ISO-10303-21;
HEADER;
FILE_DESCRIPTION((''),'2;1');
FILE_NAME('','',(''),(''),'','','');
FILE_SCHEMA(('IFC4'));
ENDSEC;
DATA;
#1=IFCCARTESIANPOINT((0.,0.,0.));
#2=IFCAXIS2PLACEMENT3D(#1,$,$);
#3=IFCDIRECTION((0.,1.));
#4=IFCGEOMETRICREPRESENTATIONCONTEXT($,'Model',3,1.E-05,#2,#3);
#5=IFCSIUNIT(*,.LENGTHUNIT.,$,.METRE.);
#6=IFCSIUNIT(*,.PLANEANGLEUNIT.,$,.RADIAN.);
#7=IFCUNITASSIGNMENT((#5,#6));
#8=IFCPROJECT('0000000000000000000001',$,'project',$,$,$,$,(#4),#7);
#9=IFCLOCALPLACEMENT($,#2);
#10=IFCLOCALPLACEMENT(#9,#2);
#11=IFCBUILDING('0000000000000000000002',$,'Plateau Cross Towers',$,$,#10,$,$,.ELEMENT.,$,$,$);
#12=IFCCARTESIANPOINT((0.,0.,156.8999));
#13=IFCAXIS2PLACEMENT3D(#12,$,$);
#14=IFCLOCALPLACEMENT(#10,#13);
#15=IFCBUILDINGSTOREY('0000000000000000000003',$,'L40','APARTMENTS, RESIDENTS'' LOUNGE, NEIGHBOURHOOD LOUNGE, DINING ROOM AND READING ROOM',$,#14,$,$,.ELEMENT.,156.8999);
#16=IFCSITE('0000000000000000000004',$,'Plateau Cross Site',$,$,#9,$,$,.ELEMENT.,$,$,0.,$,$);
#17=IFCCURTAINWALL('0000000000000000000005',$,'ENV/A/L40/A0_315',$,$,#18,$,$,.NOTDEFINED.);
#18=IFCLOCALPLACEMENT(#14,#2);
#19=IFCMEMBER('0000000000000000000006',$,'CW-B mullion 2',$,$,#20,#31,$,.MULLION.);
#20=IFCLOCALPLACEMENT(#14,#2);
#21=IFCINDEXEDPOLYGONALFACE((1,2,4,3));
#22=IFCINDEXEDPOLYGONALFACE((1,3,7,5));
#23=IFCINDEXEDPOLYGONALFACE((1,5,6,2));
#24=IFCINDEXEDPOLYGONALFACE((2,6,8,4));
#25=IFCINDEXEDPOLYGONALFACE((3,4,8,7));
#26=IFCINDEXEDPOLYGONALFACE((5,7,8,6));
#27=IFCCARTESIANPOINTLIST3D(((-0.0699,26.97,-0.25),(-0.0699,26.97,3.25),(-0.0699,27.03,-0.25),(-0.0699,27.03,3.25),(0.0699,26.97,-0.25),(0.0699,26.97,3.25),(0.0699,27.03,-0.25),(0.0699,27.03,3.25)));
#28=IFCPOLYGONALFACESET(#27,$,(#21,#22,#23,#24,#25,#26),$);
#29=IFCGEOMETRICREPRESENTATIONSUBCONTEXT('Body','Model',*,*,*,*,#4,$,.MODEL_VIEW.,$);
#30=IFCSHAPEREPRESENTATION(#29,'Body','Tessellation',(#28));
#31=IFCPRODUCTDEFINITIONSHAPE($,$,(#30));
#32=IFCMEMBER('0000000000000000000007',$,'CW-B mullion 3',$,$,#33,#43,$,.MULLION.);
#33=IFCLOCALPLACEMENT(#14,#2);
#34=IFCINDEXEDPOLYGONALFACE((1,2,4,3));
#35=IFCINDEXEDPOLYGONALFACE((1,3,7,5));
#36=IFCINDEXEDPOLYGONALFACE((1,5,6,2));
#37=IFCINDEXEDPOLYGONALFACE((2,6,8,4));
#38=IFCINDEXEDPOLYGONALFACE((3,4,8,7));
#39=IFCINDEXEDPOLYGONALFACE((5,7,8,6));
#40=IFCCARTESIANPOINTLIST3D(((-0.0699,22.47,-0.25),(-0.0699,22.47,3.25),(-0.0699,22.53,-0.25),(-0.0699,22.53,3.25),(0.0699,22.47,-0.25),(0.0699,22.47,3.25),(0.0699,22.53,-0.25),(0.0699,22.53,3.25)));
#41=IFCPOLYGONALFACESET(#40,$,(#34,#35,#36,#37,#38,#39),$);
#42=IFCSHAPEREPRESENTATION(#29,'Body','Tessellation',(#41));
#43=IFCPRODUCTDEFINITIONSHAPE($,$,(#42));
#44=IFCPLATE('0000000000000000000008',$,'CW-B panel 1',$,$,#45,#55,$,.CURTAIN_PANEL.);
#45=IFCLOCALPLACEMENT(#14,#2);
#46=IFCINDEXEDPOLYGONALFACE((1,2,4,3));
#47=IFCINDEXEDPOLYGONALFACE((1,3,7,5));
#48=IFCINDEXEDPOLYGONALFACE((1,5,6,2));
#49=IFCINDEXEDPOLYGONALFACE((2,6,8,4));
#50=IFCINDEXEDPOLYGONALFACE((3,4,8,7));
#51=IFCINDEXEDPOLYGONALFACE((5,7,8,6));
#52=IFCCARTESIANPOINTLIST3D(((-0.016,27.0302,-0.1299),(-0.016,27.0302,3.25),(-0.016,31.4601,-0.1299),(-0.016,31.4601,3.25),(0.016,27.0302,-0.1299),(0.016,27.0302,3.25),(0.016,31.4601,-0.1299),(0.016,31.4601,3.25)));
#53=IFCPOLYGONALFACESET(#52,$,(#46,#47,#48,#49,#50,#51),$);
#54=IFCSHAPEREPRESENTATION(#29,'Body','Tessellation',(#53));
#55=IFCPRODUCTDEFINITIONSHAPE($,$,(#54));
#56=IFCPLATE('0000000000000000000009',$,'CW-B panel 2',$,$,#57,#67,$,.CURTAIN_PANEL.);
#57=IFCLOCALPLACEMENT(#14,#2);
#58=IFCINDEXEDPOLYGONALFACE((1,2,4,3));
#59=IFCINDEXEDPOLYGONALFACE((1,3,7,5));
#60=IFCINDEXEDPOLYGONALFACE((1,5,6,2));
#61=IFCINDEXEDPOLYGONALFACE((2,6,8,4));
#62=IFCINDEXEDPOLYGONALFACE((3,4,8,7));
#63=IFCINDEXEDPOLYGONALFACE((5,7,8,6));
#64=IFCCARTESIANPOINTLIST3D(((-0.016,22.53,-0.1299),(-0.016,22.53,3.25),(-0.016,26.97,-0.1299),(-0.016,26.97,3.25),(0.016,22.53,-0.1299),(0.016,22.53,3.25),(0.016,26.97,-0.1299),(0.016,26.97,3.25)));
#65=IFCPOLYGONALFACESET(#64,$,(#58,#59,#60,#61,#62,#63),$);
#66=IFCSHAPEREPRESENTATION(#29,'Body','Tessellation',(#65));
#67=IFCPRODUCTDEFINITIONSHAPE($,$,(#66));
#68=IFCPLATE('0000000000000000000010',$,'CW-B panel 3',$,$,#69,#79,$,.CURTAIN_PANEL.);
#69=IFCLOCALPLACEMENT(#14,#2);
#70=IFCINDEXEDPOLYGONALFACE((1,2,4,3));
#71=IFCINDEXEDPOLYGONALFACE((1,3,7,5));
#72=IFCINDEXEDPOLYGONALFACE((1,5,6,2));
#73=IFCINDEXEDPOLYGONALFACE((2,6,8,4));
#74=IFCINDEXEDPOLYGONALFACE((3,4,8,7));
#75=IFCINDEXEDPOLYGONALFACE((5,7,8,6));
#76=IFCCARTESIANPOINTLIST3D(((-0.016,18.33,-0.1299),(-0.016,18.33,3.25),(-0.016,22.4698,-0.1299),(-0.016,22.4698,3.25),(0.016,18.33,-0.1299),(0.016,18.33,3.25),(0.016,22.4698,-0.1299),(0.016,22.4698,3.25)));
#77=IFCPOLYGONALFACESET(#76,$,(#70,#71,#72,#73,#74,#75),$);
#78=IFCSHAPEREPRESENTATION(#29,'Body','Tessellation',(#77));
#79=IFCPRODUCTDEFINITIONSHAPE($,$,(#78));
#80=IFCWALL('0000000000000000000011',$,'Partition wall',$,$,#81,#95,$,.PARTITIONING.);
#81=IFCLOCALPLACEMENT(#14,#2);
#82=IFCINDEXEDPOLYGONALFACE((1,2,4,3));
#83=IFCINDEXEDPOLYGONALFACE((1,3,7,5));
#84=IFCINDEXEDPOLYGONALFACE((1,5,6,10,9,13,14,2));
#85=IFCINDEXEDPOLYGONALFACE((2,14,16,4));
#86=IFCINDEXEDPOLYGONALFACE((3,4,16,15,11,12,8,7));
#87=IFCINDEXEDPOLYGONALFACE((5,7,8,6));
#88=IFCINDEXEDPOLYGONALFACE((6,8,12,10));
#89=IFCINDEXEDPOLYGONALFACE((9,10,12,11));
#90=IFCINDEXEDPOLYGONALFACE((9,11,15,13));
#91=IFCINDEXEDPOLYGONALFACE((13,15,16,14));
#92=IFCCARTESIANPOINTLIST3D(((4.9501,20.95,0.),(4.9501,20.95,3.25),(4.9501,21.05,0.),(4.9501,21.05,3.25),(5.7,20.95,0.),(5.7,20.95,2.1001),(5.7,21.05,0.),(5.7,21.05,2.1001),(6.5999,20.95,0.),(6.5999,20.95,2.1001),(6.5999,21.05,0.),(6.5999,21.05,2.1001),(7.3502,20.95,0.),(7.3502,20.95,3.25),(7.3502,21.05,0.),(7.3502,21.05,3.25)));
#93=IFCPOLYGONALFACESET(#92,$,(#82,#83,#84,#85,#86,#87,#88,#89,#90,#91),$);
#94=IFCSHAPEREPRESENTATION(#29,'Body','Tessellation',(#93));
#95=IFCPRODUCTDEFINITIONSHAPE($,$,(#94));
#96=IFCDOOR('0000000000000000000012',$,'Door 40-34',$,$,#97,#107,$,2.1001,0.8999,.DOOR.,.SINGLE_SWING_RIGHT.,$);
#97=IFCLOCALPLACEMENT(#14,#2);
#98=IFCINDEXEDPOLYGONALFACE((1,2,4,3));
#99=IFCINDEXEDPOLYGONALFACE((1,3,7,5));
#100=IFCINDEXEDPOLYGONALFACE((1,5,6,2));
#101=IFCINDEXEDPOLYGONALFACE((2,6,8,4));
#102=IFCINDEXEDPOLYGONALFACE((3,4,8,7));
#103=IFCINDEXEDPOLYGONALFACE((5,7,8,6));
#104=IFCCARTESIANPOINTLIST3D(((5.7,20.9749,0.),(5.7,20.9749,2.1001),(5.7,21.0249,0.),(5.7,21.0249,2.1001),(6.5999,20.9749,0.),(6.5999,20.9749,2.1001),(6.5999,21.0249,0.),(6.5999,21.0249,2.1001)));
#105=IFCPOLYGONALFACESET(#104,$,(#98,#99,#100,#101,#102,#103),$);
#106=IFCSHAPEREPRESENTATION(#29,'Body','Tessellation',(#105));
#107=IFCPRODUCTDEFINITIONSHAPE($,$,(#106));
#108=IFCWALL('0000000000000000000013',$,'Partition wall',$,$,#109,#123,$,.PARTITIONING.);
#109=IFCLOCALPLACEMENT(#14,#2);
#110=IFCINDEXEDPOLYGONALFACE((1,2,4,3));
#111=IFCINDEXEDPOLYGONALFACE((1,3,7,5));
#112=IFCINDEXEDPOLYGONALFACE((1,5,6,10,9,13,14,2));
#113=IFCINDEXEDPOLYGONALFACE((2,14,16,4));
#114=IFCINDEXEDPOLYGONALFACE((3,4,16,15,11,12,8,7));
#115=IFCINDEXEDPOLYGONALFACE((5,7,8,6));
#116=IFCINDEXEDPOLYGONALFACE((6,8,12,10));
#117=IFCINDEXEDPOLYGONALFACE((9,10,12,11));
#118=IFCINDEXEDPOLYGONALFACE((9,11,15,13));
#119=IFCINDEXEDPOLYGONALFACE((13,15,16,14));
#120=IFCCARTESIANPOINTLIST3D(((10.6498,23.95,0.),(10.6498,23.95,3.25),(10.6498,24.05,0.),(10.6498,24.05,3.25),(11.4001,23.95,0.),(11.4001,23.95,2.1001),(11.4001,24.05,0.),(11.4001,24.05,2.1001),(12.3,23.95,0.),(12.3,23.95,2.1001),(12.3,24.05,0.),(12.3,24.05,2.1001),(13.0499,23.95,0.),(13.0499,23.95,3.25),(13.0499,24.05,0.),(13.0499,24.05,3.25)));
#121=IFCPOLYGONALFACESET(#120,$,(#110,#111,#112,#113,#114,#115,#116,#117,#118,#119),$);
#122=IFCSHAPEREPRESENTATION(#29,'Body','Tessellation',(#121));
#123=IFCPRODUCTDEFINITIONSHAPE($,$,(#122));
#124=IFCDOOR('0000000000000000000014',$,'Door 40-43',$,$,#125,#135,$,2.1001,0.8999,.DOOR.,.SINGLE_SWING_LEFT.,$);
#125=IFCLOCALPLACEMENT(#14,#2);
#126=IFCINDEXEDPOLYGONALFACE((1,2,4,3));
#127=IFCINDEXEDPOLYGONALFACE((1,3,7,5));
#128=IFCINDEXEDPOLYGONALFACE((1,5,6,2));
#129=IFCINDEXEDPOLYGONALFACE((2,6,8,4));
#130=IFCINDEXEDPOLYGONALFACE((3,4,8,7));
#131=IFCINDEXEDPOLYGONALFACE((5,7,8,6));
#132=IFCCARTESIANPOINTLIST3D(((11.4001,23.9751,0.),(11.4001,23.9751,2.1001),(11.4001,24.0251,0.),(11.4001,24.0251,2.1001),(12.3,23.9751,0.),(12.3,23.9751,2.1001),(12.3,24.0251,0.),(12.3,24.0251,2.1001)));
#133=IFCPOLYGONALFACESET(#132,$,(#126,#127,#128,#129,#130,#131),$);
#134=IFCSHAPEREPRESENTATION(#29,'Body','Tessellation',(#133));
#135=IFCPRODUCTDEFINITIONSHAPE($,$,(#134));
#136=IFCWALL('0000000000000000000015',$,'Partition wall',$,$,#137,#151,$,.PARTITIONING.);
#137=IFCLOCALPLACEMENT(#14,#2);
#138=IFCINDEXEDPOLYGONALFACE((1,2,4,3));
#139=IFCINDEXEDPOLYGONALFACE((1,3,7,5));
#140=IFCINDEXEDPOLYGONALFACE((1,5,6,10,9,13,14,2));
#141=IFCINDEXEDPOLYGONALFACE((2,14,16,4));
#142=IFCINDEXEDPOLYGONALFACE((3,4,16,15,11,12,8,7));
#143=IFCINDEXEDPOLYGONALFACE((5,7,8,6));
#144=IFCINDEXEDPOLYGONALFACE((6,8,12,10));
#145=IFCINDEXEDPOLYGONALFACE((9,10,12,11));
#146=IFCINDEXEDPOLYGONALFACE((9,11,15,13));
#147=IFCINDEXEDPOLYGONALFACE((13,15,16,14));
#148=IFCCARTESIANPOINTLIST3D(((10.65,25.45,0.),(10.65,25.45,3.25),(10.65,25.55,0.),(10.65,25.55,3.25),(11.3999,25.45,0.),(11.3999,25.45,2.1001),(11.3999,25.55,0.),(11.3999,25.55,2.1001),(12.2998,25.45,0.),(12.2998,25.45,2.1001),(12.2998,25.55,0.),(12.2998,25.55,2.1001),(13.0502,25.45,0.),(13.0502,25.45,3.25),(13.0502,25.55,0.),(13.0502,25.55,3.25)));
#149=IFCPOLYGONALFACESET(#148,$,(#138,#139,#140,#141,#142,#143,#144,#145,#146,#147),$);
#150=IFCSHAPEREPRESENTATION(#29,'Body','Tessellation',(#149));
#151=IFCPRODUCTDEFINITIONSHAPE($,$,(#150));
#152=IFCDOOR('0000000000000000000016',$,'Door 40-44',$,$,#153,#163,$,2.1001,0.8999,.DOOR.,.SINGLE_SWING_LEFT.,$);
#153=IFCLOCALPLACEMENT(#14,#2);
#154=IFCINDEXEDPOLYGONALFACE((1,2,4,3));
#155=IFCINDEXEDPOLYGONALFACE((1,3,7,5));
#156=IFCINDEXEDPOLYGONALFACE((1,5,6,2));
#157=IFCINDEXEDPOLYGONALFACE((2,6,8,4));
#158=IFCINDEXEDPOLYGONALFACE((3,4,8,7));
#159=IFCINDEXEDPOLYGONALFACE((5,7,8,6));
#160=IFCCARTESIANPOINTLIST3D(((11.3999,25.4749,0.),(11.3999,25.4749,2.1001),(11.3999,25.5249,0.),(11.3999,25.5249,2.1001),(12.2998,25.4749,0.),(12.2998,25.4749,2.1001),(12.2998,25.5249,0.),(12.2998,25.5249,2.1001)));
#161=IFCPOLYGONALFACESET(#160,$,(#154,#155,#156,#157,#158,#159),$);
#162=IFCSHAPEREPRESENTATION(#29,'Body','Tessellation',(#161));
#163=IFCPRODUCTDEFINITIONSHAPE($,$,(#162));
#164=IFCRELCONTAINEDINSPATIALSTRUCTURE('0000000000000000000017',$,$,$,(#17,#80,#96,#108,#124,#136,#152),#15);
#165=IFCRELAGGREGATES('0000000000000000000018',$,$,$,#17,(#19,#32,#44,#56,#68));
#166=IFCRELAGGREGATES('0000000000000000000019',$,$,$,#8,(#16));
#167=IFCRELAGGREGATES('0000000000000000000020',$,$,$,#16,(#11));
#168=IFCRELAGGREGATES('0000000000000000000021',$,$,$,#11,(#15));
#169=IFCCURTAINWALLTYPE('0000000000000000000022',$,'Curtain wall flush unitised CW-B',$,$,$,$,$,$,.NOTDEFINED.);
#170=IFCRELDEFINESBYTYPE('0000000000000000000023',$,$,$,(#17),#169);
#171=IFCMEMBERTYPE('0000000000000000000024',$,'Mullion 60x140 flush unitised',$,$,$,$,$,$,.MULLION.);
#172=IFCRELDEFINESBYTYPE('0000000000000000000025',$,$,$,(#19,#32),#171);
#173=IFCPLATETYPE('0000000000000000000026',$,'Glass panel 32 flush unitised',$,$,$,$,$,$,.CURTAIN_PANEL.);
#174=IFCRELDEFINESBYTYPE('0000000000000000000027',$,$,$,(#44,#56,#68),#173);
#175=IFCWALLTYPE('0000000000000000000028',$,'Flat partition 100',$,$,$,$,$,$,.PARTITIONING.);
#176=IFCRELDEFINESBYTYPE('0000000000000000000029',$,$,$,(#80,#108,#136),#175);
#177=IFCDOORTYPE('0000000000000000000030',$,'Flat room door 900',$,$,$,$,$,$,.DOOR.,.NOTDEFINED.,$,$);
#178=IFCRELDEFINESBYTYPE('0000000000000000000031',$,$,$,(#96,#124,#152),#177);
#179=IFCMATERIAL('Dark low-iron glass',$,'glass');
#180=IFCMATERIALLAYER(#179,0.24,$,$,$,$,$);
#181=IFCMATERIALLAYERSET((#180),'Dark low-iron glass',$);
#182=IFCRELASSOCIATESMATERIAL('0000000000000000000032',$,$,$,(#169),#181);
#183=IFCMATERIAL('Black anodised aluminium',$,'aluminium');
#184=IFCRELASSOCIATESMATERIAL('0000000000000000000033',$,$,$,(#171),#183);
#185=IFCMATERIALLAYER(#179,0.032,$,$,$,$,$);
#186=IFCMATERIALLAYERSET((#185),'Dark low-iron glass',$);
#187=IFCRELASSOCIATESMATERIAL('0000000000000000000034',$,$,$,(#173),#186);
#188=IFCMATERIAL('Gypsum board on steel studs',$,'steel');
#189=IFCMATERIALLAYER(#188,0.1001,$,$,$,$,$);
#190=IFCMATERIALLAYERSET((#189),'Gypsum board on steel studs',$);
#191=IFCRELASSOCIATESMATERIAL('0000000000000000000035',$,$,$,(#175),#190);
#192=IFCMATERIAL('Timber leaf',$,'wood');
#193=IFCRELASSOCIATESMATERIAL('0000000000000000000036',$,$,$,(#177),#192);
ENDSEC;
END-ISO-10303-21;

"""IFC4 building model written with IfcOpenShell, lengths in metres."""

from ifc_helpers import new_model, si_unit, direction, frame, frame_2d, origin, origin_2d, place, context, subcontext, project, spatial, rectangle, extrude, material, layer, layer_set, material_profile, profile_set, type_object, element, fill, aggregate, save


model = new_model("IFC4")

# Units and contexts
model_context = context("Model", 3, precision=1e-05, world=origin(), true_north=direction((0.0, 1.0)))
body_context = subcontext(model_context, "Body", "Model", "MODEL_VIEW")
ifc_project = project(units=[si_unit("LENGTHUNIT", "METRE"), si_unit("PLANEANGLEUNIT", "RADIAN")], contexts=[model_context])

# Site, building, storey
site_placement = place(None, origin())
site = spatial("IfcSite", under=ifc_project, at=site_placement, Name="Plateau Cross Site", CompositionType="ELEMENT", RefElevation=0.0)
building_placement = place(site_placement, origin())
building = spatial("IfcBuilding", under=site, at=building_placement, Name="Plateau Cross Towers", CompositionType="ELEMENT")
storey_placement = place(building_placement, frame((0.0, 0.0, 156.8999)))
storey = spatial("IfcBuildingStorey", under=building, at=storey_placement, Name="L40", Description="APARTMENTS, RESIDENTS' LOUNGE, NEIGHBOURHOOD LOUNGE, DINING ROOM AND READING ROOM", CompositionType="ELEMENT", Elevation=156.8999)

# Curtain wall, members, plates
ifc_material_1 = material(Name="Dark low-iron glass", Category="glass")
ifc_layer_1 = layer(ifc_material_1, 0.24)
ifc_layer_set_1 = layer_set([ifc_layer_1], Name="Dark low-iron glass")
curtain_wall_type = type_object("IfcCurtainWallType", Name="Curtain wall flush unitised CW-B", PredefinedType="NOTDEFINED", material=ifc_layer_set_1)
curtain_wall_placement = place(storey_placement, origin())
curtain_wall = element("IfcCurtainWall", 1, at=curtain_wall_placement, inside=storey, type_object=curtain_wall_type, Name="ENV/A/L40/A0_315", PredefinedType="NOTDEFINED")
ifc_material_2 = material(Name="Black anodised aluminium", Category="aluminium")
ifc_material_profile = material_profile(ifc_material_2, rectangle(XDim=0.0601, YDim=0.1399, at=origin_2d()), Name="MULLION 60x140")
ifc_profile_set = profile_set([ifc_material_profile], Name="Black anodised aluminium")
member_type = type_object("IfcMemberType", Name="Mullion 60x140 flush unitised", PredefinedType="MULLION", material=ifc_profile_set)
member_1_placement = place(storey_placement, frame((0.0, 27.0, -0.25), z_axis=(0.0, 0.0, 1.0), x_axis=(0.0, -1.0, 0.0)))
member_1 = element("IfcMember", 2, at=member_1_placement, type_object=member_type, Name="CW-B mullion 2", PredefinedType="MULLION", context=body_context, shape_type="SweptSolid", body=[
    extrude(rectangle(XDim=0.0601, YDim=0.1399, at=origin_2d()), origin(), (0.0, 0.0, 1.0), 3.5),
])
member_2_placement = place(storey_placement, frame((0.0, 22.5, -0.25), z_axis=(0.0, 0.0, 1.0), x_axis=(0.0, -1.0, 0.0)))
member_2 = element("IfcMember", 3, at=member_2_placement, type_object=member_type, Name="CW-B mullion 3", PredefinedType="MULLION", context=body_context, shape_type="SweptSolid", body=[
    extrude(rectangle(XDim=0.0601, YDim=0.1399, at=origin_2d()), origin(), (0.0, 0.0, 1.0), 3.5),
])
ifc_layer_2 = layer(ifc_material_1, 0.032)
ifc_layer_set_2 = layer_set([ifc_layer_2], Name="Dark low-iron glass")
plate_type = type_object("IfcPlateType", Name="Glass panel 32 flush unitised", PredefinedType="CURTAIN_PANEL", material=ifc_layer_set_2)
plate_1_placement = place(storey_placement, frame((0.0, 29.2451, -0.1299), z_axis=(0.0, 0.0, 1.0), x_axis=(0.0, -1.0, 0.0)))
plate_1 = element("IfcPlate", 4, at=plate_1_placement, type_object=plate_type, Name="CW-B panel 1", PredefinedType="CURTAIN_PANEL", context=body_context, shape_type="SweptSolid", body=[
    extrude(rectangle(XDim=4.4299, YDim=0.032, at=origin_2d()), origin(), (0.0, 0.0, 1.0), 3.3799),
])
plate_2_placement = place(storey_placement, frame((0.0, 24.75, -0.1299), z_axis=(0.0, 0.0, 1.0), x_axis=(0.0, -1.0, 0.0)))
plate_2 = element("IfcPlate", 5, at=plate_2_placement, type_object=plate_type, Name="CW-B panel 2", PredefinedType="CURTAIN_PANEL", context=body_context, shape_type="SweptSolid", body=[
    extrude(rectangle(XDim=4.4399, YDim=0.032, at=origin_2d()), origin(), (0.0, 0.0, 1.0), 3.3799),
])
plate_3_placement = place(storey_placement, frame((0.0, 20.3999, -0.1299), z_axis=(0.0, 0.0, 1.0), x_axis=(0.0, -1.0, 0.0)))
plate_3 = element("IfcPlate", 6, at=plate_3_placement, type_object=plate_type, Name="CW-B panel 3", PredefinedType="CURTAIN_PANEL", context=body_context, shape_type="SweptSolid", body=[
    extrude(rectangle(XDim=4.1399, YDim=0.032, at=origin_2d()), origin(), (0.0, 0.0, 1.0), 3.3799),
])
aggregate(curtain_wall, [member_1, member_2, plate_1, plate_2, plate_3])

# Walls, openings, doors
ifc_material_3 = material(Name="Gypsum board on steel studs", Category="steel")
ifc_layer_3 = layer(ifc_material_3, 0.1001)
ifc_layer_set_3 = layer_set([ifc_layer_3], Name="Gypsum board on steel studs")
wall_type_1 = type_object("IfcWallType", Name="Flat partition 100", PredefinedType="PARTITIONING", material=ifc_layer_set_3)
wall_1_placement = place(storey_placement, frame((4.95, 21.0, 0.0), z_axis=(0.0, 0.0, 1.0), x_axis=(1.0, 0.0, 0.0)))
wall_1 = element("IfcWall", 7, at=wall_1_placement, inside=storey, type_object=wall_type_1, Name="Partition wall", PredefinedType="PARTITIONING", context=body_context, shape_type="SweptSolid", body=[
    extrude(rectangle(XDim=2.4001, YDim=0.1001, at=frame_2d((1.2002, 0.0))), origin(), (0.0, 0.0, 1.0), 3.25),
])
opening_1_placement = place(wall_1_placement, frame((0.75, 0.0, 0.0)))
opening_1 = element("IfcOpeningElement", 8, at=opening_1_placement, cuts=wall_1, PredefinedType="OPENING", context=body_context, shape_type="SweptSolid", body=[
    extrude(rectangle(XDim=0.8999, YDim=2.1001, at=frame_2d((0.45, 1.05))), frame((0.0, 0.0601, 0.0), z_axis=(0.0, -1.0, 0.0), x_axis=(1.0, 0.0, 0.0)), (0.0, 0.0, 1.0), 0.1201),
])
ifc_material_4 = material(Name="Timber leaf", Category="wood")
door_type_1 = type_object("IfcDoorType", Name="Flat room door 900", OperationType="NOTDEFINED", PredefinedType="DOOR", material=ifc_material_4)
door_1_placement = place(opening_1_placement, origin())
door_1 = element("IfcDoor", 9, at=door_1_placement, inside=storey, type_object=door_type_1, Name="Door 40-34", OperationType="SINGLE_SWING_RIGHT", OverallHeight=2.1001, OverallWidth=0.8999, PredefinedType="DOOR", context=body_context, shape_type="SweptSolid", body=[
    extrude(rectangle(XDim=0.8999, YDim=2.1001, at=frame_2d((0.45, 1.05))), frame((0.0, 0.0249, 0.0), z_axis=(0.0, -1.0, 0.0), x_axis=(1.0, 0.0, 0.0)), (0.0, 0.0, 1.0), 0.05),
])
fill(opening_1, door_1)
wall_2_placement = place(storey_placement, frame((13.05, 24.0, 0.0), z_axis=(0.0, 0.0, 1.0), x_axis=(-1.0, 0.0, 0.0)))
wall_2 = element("IfcWall", 10, at=wall_2_placement, inside=storey, type_object=wall_type_1, Name="Partition wall", PredefinedType="PARTITIONING", context=body_context, shape_type="SweptSolid", body=[
    extrude(rectangle(XDim=2.4001, YDim=0.1001, at=frame_2d((1.2002, 0.0))), origin(), (0.0, 0.0, 1.0), 3.25),
])
opening_2_placement = place(wall_2_placement, frame((0.75, 0.0, 0.0)))
opening_2 = element("IfcOpeningElement", 11, at=opening_2_placement, cuts=wall_2, PredefinedType="OPENING", context=body_context, shape_type="SweptSolid", body=[
    extrude(rectangle(XDim=0.8999, YDim=2.1001, at=frame_2d((0.45, 1.05))), frame((0.0, 0.0601, 0.0), z_axis=(0.0, -1.0, 0.0), x_axis=(1.0, 0.0, 0.0)), (0.0, 0.0, 1.0), 0.1201),
])
door_2_placement = place(opening_2_placement, origin())
door_2 = element("IfcDoor", 12, at=door_2_placement, inside=storey, type_object=door_type_1, Name="Door 40-43", OperationType="SINGLE_SWING_LEFT", OverallHeight=2.1001, OverallWidth=0.8999, PredefinedType="DOOR", context=body_context, shape_type="SweptSolid", body=[
    extrude(rectangle(XDim=0.8999, YDim=2.1001, at=frame_2d((0.45, 1.05))), frame((0.0, 0.0249, 0.0), z_axis=(0.0, -1.0, 0.0), x_axis=(1.0, 0.0, 0.0)), (0.0, 0.0, 1.0), 0.05),
])
fill(opening_2, door_2)
wall_3_placement = place(storey_placement, frame((10.6499, 25.5, 0.0), z_axis=(0.0, 0.0, 1.0), x_axis=(1.0, 0.0, 0.0)))
wall_3 = element("IfcWall", 13, at=wall_3_placement, inside=storey, type_object=wall_type_1, Name="Partition wall", PredefinedType="PARTITIONING", context=body_context, shape_type="SweptSolid", body=[
    extrude(rectangle(XDim=2.4001, YDim=0.1001, at=frame_2d((1.2002, 0.0))), origin(), (0.0, 0.0, 1.0), 3.25),
])
opening_3_placement = place(wall_3_placement, frame((0.75, 0.0, 0.0)))
opening_3 = element("IfcOpeningElement", 14, at=opening_3_placement, cuts=wall_3, PredefinedType="OPENING", context=body_context, shape_type="SweptSolid", body=[
    extrude(rectangle(XDim=0.8999, YDim=2.1001, at=frame_2d((0.45, 1.05))), frame((0.0, 0.0601, 0.0), z_axis=(0.0, -1.0, 0.0), x_axis=(1.0, 0.0, 0.0)), (0.0, 0.0, 1.0), 0.1201),
])
door_3_placement = place(opening_3_placement, origin())
door_3 = element("IfcDoor", 15, at=door_3_placement, inside=storey, type_object=door_type_1, Name="Door 40-44", OperationType="SINGLE_SWING_LEFT", OverallHeight=2.1001, OverallWidth=0.8999, PredefinedType="DOOR", context=body_context, shape_type="SweptSolid", body=[
    extrude(rectangle(XDim=0.8999, YDim=2.1001, at=frame_2d((0.45, 1.05))), frame((0.0, 0.0249, 0.0), z_axis=(0.0, -1.0, 0.0), x_axis=(1.0, 0.0, 0.0)), (0.0, 0.0, 1.0), 0.05),
])
fill(opening_3, door_3)

save(model, "model.ifc")
